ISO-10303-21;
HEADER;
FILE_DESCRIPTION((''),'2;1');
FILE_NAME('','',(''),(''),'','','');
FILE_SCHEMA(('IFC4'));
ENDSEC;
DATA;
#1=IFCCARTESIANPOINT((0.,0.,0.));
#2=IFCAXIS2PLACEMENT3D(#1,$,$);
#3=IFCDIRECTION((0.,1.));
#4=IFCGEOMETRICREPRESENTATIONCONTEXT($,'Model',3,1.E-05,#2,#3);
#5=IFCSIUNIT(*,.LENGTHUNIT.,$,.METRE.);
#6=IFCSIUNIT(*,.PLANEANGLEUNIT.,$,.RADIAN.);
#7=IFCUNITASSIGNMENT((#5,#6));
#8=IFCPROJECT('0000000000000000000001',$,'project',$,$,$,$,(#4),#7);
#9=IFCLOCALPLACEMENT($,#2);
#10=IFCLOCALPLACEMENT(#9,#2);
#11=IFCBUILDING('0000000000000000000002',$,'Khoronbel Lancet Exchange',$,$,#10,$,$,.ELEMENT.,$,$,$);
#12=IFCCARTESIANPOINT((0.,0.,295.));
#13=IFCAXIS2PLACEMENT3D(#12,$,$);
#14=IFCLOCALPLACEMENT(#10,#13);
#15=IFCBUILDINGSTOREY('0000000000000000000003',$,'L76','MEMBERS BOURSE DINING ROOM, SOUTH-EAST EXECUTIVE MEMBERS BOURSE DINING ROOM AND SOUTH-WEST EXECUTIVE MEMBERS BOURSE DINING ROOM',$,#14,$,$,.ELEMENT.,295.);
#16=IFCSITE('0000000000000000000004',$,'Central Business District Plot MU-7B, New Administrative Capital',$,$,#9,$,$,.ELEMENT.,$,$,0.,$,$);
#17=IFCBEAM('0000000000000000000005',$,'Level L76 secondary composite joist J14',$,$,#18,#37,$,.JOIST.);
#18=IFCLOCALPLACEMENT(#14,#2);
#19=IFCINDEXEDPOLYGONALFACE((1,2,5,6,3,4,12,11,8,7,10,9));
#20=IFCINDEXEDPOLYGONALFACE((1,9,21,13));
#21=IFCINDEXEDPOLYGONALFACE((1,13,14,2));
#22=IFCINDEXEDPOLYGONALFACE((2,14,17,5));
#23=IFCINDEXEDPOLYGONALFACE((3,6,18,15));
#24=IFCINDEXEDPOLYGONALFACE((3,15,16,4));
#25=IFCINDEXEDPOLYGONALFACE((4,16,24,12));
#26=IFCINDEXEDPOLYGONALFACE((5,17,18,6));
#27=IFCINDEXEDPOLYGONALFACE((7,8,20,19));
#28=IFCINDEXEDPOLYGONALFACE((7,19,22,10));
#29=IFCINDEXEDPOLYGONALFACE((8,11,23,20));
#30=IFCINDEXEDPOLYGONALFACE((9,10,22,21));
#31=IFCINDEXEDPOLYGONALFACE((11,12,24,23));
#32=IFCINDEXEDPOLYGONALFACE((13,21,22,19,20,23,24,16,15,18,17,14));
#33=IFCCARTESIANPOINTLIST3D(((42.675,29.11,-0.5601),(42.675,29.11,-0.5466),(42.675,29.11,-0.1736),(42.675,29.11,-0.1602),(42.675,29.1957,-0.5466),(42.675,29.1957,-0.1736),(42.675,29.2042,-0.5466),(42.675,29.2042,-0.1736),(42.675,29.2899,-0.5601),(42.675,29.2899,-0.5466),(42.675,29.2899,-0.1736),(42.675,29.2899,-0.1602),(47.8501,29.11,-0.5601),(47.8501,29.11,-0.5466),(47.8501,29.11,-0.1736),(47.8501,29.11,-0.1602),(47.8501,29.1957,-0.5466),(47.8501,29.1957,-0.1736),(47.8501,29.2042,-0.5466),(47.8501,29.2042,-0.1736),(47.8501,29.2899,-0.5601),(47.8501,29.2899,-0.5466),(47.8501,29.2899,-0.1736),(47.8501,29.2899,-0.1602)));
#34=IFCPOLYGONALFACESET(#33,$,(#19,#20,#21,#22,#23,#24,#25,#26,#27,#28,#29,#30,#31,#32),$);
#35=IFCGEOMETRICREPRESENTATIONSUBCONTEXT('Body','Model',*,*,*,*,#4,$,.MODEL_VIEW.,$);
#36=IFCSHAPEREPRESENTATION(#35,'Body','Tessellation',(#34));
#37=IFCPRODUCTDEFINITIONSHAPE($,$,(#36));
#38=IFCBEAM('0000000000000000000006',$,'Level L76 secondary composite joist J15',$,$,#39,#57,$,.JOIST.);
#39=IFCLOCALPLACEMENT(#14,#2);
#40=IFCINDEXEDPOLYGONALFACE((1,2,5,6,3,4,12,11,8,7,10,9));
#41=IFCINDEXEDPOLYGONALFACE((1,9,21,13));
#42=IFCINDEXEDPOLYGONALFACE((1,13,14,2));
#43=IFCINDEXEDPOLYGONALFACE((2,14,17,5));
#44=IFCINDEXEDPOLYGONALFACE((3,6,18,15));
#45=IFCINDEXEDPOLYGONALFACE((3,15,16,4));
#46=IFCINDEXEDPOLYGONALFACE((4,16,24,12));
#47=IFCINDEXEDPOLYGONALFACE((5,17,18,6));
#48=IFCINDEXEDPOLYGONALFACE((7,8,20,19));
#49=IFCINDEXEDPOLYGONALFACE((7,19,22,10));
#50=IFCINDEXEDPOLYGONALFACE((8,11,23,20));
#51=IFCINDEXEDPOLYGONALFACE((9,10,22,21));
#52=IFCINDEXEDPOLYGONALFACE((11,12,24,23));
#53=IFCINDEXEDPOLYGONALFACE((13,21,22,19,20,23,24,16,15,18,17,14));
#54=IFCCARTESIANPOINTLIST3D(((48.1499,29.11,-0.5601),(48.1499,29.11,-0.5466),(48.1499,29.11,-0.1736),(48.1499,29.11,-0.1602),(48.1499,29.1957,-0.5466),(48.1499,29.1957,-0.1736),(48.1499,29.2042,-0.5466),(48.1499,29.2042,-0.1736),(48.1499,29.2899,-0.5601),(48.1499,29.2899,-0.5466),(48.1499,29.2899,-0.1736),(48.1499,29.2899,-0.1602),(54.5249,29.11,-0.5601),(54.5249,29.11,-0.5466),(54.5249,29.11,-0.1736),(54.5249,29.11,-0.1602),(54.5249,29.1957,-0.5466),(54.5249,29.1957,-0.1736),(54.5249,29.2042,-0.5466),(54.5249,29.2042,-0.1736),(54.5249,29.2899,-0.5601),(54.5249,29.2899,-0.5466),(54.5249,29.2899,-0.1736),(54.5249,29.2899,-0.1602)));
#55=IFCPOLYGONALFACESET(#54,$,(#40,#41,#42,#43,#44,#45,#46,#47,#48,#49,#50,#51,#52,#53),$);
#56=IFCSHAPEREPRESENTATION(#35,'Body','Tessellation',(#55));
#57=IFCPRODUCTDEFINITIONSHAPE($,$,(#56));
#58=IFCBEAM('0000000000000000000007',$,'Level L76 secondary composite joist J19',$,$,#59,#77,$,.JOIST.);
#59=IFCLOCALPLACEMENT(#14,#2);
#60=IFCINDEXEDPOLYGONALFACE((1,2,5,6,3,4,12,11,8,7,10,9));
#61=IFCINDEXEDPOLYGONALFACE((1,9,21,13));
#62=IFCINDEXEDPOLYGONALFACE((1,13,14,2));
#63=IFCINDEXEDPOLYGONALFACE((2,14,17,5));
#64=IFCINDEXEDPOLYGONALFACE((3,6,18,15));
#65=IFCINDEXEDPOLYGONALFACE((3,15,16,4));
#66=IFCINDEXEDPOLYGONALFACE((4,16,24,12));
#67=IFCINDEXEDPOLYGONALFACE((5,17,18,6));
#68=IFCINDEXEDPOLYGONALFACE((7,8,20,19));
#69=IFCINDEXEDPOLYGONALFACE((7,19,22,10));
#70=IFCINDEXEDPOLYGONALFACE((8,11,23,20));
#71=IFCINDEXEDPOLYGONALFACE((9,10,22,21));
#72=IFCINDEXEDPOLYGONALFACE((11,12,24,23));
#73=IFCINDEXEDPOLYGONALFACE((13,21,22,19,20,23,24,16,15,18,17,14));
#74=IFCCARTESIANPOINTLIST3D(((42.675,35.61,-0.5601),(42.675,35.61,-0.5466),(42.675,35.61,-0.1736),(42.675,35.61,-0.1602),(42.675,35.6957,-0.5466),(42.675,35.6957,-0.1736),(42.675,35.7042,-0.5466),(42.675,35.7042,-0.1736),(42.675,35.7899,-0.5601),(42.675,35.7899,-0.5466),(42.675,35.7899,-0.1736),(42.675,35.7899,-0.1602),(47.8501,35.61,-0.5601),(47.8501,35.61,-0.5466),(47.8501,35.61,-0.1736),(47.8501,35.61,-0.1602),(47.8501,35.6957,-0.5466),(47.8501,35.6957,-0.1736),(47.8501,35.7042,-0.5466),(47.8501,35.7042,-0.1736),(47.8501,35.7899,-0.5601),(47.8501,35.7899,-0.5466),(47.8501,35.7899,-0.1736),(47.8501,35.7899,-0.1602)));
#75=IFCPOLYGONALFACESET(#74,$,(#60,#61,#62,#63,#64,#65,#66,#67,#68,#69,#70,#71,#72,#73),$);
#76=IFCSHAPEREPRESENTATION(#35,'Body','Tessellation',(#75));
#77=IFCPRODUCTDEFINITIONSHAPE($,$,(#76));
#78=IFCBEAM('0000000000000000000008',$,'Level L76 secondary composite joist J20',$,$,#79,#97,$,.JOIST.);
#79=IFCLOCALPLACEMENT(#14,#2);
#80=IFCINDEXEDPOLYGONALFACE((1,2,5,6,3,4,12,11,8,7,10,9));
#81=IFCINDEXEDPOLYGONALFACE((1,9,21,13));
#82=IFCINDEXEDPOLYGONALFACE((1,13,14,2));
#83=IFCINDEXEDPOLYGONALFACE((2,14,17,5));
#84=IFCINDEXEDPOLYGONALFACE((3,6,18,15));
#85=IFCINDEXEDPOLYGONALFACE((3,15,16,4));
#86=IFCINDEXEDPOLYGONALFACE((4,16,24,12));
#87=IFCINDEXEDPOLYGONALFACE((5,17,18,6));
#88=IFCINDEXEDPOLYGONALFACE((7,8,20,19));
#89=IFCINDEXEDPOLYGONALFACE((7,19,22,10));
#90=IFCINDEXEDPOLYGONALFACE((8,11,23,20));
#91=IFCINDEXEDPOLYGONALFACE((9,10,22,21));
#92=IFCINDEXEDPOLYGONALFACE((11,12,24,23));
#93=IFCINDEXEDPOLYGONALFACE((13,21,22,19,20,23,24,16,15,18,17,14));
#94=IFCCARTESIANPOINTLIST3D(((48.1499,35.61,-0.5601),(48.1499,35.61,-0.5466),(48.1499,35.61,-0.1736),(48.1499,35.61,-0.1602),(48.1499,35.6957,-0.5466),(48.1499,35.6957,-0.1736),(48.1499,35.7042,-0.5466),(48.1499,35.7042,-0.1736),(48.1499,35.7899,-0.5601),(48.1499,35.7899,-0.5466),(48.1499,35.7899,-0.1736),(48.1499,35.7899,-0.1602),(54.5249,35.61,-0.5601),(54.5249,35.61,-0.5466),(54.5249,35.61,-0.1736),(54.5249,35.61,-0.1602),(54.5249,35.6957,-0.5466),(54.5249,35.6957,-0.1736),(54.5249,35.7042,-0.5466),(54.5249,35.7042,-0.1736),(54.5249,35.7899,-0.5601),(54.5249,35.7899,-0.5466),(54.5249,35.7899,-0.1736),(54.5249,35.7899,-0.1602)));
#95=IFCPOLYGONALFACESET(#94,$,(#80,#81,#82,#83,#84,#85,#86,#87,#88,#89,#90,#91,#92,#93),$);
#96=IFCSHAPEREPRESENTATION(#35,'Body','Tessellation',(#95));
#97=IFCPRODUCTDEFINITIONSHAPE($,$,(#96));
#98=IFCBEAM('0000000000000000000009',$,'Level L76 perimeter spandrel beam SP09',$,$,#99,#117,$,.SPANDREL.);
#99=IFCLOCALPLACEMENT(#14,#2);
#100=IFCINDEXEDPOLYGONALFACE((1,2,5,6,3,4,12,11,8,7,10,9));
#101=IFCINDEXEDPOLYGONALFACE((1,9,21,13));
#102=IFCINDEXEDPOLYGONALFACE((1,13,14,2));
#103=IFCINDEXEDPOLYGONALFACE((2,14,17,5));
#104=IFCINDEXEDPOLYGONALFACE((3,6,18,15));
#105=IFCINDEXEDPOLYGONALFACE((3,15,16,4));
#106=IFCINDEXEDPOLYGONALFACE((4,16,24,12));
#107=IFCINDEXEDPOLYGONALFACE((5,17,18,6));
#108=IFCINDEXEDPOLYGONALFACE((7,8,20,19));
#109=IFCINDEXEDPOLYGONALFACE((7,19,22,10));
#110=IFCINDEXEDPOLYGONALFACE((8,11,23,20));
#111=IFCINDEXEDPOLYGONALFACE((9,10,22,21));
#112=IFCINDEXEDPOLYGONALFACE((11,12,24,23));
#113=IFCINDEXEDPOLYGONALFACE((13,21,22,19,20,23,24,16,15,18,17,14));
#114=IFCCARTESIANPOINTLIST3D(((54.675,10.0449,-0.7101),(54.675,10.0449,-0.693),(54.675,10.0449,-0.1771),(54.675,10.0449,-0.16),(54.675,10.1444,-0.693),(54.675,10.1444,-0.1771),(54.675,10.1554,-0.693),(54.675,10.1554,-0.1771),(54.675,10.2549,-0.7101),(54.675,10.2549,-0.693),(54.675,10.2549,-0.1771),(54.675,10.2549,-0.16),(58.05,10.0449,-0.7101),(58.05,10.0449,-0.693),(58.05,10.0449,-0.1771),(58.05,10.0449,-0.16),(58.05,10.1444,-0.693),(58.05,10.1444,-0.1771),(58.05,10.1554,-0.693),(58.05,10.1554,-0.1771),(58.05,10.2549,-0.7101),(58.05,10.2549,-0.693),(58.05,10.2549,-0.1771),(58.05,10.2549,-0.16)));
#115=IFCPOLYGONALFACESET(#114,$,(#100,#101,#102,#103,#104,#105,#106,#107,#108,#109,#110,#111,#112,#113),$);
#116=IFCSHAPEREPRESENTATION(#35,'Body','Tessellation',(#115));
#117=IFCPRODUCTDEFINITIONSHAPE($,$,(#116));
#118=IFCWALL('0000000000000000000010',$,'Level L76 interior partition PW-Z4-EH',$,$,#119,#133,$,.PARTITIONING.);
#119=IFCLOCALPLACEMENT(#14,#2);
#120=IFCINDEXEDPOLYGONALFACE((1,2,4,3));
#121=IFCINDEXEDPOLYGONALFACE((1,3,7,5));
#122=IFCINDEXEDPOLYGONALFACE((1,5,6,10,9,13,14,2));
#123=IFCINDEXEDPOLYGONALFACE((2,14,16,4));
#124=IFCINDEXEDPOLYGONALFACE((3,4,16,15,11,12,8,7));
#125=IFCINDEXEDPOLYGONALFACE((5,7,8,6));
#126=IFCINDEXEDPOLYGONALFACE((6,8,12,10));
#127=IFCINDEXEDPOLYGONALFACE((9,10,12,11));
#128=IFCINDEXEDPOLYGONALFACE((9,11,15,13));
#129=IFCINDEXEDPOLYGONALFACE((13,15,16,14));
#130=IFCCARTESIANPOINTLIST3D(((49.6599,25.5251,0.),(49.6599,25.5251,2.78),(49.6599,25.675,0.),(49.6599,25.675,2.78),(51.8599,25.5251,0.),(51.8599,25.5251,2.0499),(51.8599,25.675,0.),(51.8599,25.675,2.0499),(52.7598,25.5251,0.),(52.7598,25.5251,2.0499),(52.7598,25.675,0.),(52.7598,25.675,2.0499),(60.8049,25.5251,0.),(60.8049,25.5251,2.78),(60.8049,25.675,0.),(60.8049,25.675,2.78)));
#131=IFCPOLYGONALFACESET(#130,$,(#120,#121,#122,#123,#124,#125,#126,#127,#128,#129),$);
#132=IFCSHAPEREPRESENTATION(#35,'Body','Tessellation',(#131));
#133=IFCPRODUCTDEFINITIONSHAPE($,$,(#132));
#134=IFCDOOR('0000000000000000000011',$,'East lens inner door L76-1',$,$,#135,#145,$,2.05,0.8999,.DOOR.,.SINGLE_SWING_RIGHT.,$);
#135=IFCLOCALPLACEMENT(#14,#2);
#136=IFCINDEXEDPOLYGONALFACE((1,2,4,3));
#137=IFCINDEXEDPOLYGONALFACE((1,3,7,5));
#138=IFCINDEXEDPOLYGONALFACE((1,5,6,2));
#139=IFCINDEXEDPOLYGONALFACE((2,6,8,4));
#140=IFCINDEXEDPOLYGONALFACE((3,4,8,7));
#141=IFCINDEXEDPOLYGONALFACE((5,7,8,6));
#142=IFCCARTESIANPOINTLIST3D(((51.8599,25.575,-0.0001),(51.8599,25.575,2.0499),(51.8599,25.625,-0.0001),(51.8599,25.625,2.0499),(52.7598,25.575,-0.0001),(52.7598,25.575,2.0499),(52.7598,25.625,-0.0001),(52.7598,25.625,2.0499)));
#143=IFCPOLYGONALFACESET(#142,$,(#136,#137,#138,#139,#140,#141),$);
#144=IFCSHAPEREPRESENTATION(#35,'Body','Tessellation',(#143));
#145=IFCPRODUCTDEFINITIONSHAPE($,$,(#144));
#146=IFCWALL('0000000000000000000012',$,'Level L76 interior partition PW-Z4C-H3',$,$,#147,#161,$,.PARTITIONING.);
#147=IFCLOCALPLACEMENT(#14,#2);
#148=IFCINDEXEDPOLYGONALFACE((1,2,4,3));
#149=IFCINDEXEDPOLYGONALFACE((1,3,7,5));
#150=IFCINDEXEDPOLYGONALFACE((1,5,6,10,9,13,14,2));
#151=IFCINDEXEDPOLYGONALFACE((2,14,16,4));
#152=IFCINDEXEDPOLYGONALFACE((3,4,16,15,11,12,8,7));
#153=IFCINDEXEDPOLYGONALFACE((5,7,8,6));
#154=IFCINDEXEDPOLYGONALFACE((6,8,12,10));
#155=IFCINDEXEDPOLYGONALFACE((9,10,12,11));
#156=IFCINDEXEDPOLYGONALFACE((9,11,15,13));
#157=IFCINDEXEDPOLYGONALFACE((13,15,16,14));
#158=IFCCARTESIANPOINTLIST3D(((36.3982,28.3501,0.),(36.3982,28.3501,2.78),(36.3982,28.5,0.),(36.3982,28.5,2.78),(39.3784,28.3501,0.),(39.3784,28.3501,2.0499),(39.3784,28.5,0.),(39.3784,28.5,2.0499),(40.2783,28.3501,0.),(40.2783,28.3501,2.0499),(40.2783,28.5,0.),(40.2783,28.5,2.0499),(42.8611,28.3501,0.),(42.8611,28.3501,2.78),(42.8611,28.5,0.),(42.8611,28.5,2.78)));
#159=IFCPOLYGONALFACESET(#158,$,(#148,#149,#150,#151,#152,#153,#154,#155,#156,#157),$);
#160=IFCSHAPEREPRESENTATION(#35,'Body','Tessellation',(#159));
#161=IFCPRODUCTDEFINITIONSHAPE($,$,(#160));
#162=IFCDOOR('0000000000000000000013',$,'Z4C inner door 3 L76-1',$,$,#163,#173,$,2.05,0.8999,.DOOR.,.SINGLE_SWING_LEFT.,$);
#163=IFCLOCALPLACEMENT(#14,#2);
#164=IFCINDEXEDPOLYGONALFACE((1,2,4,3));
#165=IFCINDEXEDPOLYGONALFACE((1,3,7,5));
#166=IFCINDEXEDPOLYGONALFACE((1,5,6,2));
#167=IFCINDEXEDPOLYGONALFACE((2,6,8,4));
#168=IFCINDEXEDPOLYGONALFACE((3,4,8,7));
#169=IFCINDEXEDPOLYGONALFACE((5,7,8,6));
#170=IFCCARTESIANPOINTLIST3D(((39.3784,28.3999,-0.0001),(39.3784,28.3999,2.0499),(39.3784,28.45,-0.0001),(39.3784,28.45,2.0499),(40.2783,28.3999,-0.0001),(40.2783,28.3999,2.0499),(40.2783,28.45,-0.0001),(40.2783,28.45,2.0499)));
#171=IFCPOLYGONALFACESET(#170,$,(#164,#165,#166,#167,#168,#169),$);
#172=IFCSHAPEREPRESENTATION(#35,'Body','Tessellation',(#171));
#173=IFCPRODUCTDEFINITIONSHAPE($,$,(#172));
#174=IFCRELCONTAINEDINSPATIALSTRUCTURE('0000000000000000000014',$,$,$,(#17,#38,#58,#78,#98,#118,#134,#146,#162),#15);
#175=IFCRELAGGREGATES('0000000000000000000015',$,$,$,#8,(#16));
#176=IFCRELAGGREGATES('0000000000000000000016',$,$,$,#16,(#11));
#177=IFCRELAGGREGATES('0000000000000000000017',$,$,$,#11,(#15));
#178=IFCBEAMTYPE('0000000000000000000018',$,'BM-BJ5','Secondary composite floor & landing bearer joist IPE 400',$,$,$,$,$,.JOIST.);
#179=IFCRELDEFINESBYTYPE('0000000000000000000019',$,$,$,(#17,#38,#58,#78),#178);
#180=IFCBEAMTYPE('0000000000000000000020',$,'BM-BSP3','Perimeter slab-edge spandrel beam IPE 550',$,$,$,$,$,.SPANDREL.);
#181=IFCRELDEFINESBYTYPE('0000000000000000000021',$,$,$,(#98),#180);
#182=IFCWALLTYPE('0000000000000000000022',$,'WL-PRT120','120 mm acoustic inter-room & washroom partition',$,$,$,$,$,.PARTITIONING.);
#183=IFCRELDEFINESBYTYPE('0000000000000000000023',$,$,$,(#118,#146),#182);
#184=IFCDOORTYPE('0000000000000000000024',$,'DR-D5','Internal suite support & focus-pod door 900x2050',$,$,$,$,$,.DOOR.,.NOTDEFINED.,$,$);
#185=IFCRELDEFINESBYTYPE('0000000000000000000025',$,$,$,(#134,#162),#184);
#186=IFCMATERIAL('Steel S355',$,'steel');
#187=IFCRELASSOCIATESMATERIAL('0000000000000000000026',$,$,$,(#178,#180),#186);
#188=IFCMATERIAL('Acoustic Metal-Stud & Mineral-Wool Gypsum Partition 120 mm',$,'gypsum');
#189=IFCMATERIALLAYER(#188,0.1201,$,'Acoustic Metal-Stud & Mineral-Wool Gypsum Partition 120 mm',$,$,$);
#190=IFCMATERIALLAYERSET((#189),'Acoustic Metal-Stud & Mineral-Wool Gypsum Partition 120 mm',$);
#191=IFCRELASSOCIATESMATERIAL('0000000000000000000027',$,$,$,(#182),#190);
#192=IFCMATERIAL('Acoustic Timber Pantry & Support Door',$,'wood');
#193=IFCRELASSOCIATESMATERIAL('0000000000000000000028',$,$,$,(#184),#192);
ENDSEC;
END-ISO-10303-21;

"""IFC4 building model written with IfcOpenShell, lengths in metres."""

from ifc_helpers import new_model, si_unit, direction, frame, frame_2d, origin, origin_2d, place, context, subcontext, project, spatial, rectangle, i_section, extrude, material, layer, layer_set, material_profile, profile_set, type_object, element, fill, save


model = new_model("IFC4")

# Units and contexts
model_context = context("Model", 3, precision=1e-05, world=origin(), true_north=direction((0.0, 1.0)))
body_context = subcontext(model_context, "Body", "Model", "MODEL_VIEW")
ifc_project = project(units=[si_unit("LENGTHUNIT", "METRE"), si_unit("PLANEANGLEUNIT", "RADIAN")], contexts=[model_context])

# Site, building, storey
site_placement = place(None, origin())
site = spatial("IfcSite", under=ifc_project, at=site_placement, Name="Central Business District Plot MU-7B, New Administrative Capital", CompositionType="ELEMENT", RefElevation=0.0)
building_placement = place(site_placement, origin())
building = spatial("IfcBuilding", under=site, at=building_placement, Name="Khoronbel Lancet Exchange", CompositionType="ELEMENT")
storey_placement = place(building_placement, frame((0.0, 0.0, 295.0)))
storey = spatial("IfcBuildingStorey", under=building, at=storey_placement, Name="L76", Description="MEMBERS BOURSE DINING ROOM, SOUTH-EAST EXECUTIVE MEMBERS BOURSE DINING ROOM AND SOUTH-WEST EXECUTIVE MEMBERS BOURSE DINING ROOM", CompositionType="ELEMENT", Elevation=295.0)

# Shared definitions
ifc_material_1 = material(Name="Steel S355", Category="steel")

# Beams
ifc_material_profile_1 = material_profile(ifc_material_1, i_section(OverallWidth=0.1799, OverallDepth=0.3999, WebThickness=0.0085, FlangeThickness=0.0134, at=origin_2d()), Name="IPE 400")
ifc_profile_set_1 = profile_set([ifc_material_profile_1], Name="Steel S355")
beam_type_1 = type_object("IfcBeamType", Name="BM-BJ5", Description="Secondary composite floor & landing bearer joist IPE 400", PredefinedType="JOIST", material=ifc_profile_set_1)
beam_1_placement = place(storey_placement, frame((42.675, 29.2, -0.3601), z_axis=(1.0, 0.0, 0.0), x_axis=(0.0, 1.0, 0.0)))
element("IfcBeam", 1, at=beam_1_placement, inside=storey, type_object=beam_type_1, Name="Level L76 secondary composite joist J14", PredefinedType="JOIST", context=body_context, shape_type="SweptSolid", body=[
    extrude(i_section(OverallWidth=0.1799, OverallDepth=0.3999, WebThickness=0.0085, FlangeThickness=0.0134, at=origin_2d()), origin(), (0.0, 0.0, 1.0), 5.175),
])
beam_2_placement = place(storey_placement, frame((48.1499, 29.2, -0.3601), z_axis=(1.0, 0.0, 0.0), x_axis=(0.0, 1.0, 0.0)))
element("IfcBeam", 2, at=beam_2_placement, inside=storey, type_object=beam_type_1, Name="Level L76 secondary composite joist J15", PredefinedType="JOIST", context=body_context, shape_type="SweptSolid", body=[
    extrude(i_section(OverallWidth=0.1799, OverallDepth=0.3999, WebThickness=0.0085, FlangeThickness=0.0134, at=origin_2d()), origin(), (0.0, 0.0, 1.0), 6.375),
])
beam_3_placement = place(storey_placement, frame((42.675, 35.7, -0.3601), z_axis=(1.0, 0.0, 0.0), x_axis=(0.0, 1.0, 0.0)))
element("IfcBeam", 3, at=beam_3_placement, inside=storey, type_object=beam_type_1, Name="Level L76 secondary composite joist J19", PredefinedType="JOIST", context=body_context, shape_type="SweptSolid", body=[
    extrude(i_section(OverallWidth=0.1799, OverallDepth=0.3999, WebThickness=0.0085, FlangeThickness=0.0134, at=origin_2d()), origin(), (0.0, 0.0, 1.0), 5.175),
])
beam_4_placement = place(storey_placement, frame((48.1499, 35.7, -0.3601), z_axis=(1.0, 0.0, 0.0), x_axis=(0.0, 1.0, 0.0)))
element("IfcBeam", 4, at=beam_4_placement, inside=storey, type_object=beam_type_1, Name="Level L76 secondary composite joist J20", PredefinedType="JOIST", context=body_context, shape_type="SweptSolid", body=[
    extrude(i_section(OverallWidth=0.1799, OverallDepth=0.3999, WebThickness=0.0085, FlangeThickness=0.0134, at=origin_2d()), origin(), (0.0, 0.0, 1.0), 6.375),
])
ifc_material_profile_2 = material_profile(ifc_material_1, i_section(OverallWidth=0.21, OverallDepth=0.55, WebThickness=0.011, FlangeThickness=0.0171, at=origin_2d()), Name="IPE 550")
ifc_profile_set_2 = profile_set([ifc_material_profile_2], Name="Steel S355")
beam_type_2 = type_object("IfcBeamType", Name="BM-BSP3", Description="Perimeter slab-edge spandrel beam IPE 550", PredefinedType="SPANDREL", material=ifc_profile_set_2)
beam_5_placement = place(storey_placement, frame((54.675, 10.1499, -0.4351), z_axis=(1.0, 0.0, 0.0), x_axis=(0.0, 1.0, 0.0)))
element("IfcBeam", 5, at=beam_5_placement, inside=storey, type_object=beam_type_2, Name="Level L76 perimeter spandrel beam SP09", PredefinedType="SPANDREL", context=body_context, shape_type="SweptSolid", body=[
    extrude(i_section(OverallWidth=0.21, OverallDepth=0.55, WebThickness=0.011, FlangeThickness=0.0171, at=origin_2d()), origin(), (0.0, 0.0, 1.0), 3.375),
])

# Walls, openings, doors
ifc_material_2 = material(Name="Acoustic Metal-Stud & Mineral-Wool Gypsum Partition 120 mm", Category="gypsum")
ifc_layer_1 = layer(ifc_material_2, 0.1201, Name="Acoustic Metal-Stud & Mineral-Wool Gypsum Partition 120 mm")
ifc_layer_set_1 = layer_set([ifc_layer_1], Name="Acoustic Metal-Stud & Mineral-Wool Gypsum Partition 120 mm")
wall_type_1 = type_object("IfcWallType", Name="WL-PRT120", Description="120 mm acoustic inter-room & washroom partition", PredefinedType="PARTITIONING", material=ifc_layer_set_1)
wall_1_placement = place(storey_placement, frame((49.6599, 25.6001, 0.0), z_axis=(0.0, 0.0, 1.0), x_axis=(1.0, 0.0, 0.0)))
wall_1 = element("IfcWall", 6, at=wall_1_placement, inside=storey, type_object=wall_type_1, Name="Level L76 interior partition PW-Z4-EH", PredefinedType="PARTITIONING", context=body_context, shape_type="SweptSolid", body=[
    extrude(rectangle(XDim=11.145, YDim=0.1499, at=frame_2d((5.5725, 0.0))), origin(), (0.0, 0.0, 1.0), 2.78),
])
opening_1_placement = place(wall_1_placement, frame((2.2, 0.0, 0.0)))
opening_1 = element("IfcOpeningElement", 7, at=opening_1_placement, cuts=wall_1, PredefinedType="OPENING", context=body_context, shape_type="SweptSolid", body=[
    extrude(rectangle(XDim=0.8999, YDim=2.05, at=frame_2d((0.45, 1.0249))), frame((0.0, 0.085, 0.0), z_axis=(0.0, -1.0, 0.0), x_axis=(1.0, 0.0, 0.0)), (0.0, 0.0, 1.0), 0.1699),
])
ifc_material_3 = material(Name="Acoustic Timber Pantry & Support Door", Category="wood")
door_type_1 = type_object("IfcDoorType", Name="DR-D5", Description="Internal suite support & focus-pod door 900x2050", OperationType="NOTDEFINED", PredefinedType="DOOR", material=ifc_material_3)
door_1_placement = place(opening_1_placement, origin())
door_1 = element("IfcDoor", 8, at=door_1_placement, inside=storey, type_object=door_type_1, Name="East lens inner door L76-1", OperationType="SINGLE_SWING_RIGHT", OverallHeight=2.05, OverallWidth=0.8999, PredefinedType="DOOR", context=body_context, shape_type="SweptSolid", body=[
    extrude(rectangle(XDim=0.8999, YDim=2.05, at=frame_2d((0.45, 1.0249))), frame((0.0, 0.0249, 0.0), z_axis=(0.0, -1.0, 0.0), x_axis=(1.0, 0.0, 0.0)), (0.0, 0.0, 1.0), 0.05),
])
fill(opening_1, door_1)
wall_2_placement = place(storey_placement, frame((36.3982, 28.425, 0.0), z_axis=(0.0, 0.0, 1.0), x_axis=(1.0, 0.0, 0.0)))
wall_2 = element("IfcWall", 9, at=wall_2_placement, inside=storey, type_object=wall_type_1, Name="Level L76 interior partition PW-Z4C-H3", PredefinedType="PARTITIONING", context=body_context, shape_type="SweptSolid", body=[
    extrude(rectangle(XDim=6.4629, YDim=0.1499, at=frame_2d((3.2314, 0.0))), origin(), (0.0, 0.0, 1.0), 2.78),
])
opening_2_placement = place(wall_2_placement, frame((2.9802, 0.0, 0.0)))
opening_2 = element("IfcOpeningElement", 10, at=opening_2_placement, cuts=wall_2, PredefinedType="OPENING", context=body_context, shape_type="SweptSolid", body=[
    extrude(rectangle(XDim=0.8999, YDim=2.05, at=frame_2d((0.45, 1.0249))), frame((0.0, 0.085, 0.0), z_axis=(0.0, -1.0, 0.0), x_axis=(1.0, 0.0, 0.0)), (0.0, 0.0, 1.0), 0.1699),
])
door_2_placement = place(opening_2_placement, origin())
door_2 = element("IfcDoor", 11, at=door_2_placement, inside=storey, type_object=door_type_1, Name="Z4C inner door 3 L76-1", OperationType="SINGLE_SWING_LEFT", OverallHeight=2.05, OverallWidth=0.8999, PredefinedType="DOOR", context=body_context, shape_type="SweptSolid", body=[
    extrude(rectangle(XDim=0.8999, YDim=2.05, at=frame_2d((0.45, 1.0249))), frame((0.0, 0.0249, 0.0), z_axis=(0.0, -1.0, 0.0), x_axis=(1.0, 0.0, 0.0)), (0.0, 0.0, 1.0), 0.05),
])
fill(opening_2, door_2)

save(model, "model.ifc")
